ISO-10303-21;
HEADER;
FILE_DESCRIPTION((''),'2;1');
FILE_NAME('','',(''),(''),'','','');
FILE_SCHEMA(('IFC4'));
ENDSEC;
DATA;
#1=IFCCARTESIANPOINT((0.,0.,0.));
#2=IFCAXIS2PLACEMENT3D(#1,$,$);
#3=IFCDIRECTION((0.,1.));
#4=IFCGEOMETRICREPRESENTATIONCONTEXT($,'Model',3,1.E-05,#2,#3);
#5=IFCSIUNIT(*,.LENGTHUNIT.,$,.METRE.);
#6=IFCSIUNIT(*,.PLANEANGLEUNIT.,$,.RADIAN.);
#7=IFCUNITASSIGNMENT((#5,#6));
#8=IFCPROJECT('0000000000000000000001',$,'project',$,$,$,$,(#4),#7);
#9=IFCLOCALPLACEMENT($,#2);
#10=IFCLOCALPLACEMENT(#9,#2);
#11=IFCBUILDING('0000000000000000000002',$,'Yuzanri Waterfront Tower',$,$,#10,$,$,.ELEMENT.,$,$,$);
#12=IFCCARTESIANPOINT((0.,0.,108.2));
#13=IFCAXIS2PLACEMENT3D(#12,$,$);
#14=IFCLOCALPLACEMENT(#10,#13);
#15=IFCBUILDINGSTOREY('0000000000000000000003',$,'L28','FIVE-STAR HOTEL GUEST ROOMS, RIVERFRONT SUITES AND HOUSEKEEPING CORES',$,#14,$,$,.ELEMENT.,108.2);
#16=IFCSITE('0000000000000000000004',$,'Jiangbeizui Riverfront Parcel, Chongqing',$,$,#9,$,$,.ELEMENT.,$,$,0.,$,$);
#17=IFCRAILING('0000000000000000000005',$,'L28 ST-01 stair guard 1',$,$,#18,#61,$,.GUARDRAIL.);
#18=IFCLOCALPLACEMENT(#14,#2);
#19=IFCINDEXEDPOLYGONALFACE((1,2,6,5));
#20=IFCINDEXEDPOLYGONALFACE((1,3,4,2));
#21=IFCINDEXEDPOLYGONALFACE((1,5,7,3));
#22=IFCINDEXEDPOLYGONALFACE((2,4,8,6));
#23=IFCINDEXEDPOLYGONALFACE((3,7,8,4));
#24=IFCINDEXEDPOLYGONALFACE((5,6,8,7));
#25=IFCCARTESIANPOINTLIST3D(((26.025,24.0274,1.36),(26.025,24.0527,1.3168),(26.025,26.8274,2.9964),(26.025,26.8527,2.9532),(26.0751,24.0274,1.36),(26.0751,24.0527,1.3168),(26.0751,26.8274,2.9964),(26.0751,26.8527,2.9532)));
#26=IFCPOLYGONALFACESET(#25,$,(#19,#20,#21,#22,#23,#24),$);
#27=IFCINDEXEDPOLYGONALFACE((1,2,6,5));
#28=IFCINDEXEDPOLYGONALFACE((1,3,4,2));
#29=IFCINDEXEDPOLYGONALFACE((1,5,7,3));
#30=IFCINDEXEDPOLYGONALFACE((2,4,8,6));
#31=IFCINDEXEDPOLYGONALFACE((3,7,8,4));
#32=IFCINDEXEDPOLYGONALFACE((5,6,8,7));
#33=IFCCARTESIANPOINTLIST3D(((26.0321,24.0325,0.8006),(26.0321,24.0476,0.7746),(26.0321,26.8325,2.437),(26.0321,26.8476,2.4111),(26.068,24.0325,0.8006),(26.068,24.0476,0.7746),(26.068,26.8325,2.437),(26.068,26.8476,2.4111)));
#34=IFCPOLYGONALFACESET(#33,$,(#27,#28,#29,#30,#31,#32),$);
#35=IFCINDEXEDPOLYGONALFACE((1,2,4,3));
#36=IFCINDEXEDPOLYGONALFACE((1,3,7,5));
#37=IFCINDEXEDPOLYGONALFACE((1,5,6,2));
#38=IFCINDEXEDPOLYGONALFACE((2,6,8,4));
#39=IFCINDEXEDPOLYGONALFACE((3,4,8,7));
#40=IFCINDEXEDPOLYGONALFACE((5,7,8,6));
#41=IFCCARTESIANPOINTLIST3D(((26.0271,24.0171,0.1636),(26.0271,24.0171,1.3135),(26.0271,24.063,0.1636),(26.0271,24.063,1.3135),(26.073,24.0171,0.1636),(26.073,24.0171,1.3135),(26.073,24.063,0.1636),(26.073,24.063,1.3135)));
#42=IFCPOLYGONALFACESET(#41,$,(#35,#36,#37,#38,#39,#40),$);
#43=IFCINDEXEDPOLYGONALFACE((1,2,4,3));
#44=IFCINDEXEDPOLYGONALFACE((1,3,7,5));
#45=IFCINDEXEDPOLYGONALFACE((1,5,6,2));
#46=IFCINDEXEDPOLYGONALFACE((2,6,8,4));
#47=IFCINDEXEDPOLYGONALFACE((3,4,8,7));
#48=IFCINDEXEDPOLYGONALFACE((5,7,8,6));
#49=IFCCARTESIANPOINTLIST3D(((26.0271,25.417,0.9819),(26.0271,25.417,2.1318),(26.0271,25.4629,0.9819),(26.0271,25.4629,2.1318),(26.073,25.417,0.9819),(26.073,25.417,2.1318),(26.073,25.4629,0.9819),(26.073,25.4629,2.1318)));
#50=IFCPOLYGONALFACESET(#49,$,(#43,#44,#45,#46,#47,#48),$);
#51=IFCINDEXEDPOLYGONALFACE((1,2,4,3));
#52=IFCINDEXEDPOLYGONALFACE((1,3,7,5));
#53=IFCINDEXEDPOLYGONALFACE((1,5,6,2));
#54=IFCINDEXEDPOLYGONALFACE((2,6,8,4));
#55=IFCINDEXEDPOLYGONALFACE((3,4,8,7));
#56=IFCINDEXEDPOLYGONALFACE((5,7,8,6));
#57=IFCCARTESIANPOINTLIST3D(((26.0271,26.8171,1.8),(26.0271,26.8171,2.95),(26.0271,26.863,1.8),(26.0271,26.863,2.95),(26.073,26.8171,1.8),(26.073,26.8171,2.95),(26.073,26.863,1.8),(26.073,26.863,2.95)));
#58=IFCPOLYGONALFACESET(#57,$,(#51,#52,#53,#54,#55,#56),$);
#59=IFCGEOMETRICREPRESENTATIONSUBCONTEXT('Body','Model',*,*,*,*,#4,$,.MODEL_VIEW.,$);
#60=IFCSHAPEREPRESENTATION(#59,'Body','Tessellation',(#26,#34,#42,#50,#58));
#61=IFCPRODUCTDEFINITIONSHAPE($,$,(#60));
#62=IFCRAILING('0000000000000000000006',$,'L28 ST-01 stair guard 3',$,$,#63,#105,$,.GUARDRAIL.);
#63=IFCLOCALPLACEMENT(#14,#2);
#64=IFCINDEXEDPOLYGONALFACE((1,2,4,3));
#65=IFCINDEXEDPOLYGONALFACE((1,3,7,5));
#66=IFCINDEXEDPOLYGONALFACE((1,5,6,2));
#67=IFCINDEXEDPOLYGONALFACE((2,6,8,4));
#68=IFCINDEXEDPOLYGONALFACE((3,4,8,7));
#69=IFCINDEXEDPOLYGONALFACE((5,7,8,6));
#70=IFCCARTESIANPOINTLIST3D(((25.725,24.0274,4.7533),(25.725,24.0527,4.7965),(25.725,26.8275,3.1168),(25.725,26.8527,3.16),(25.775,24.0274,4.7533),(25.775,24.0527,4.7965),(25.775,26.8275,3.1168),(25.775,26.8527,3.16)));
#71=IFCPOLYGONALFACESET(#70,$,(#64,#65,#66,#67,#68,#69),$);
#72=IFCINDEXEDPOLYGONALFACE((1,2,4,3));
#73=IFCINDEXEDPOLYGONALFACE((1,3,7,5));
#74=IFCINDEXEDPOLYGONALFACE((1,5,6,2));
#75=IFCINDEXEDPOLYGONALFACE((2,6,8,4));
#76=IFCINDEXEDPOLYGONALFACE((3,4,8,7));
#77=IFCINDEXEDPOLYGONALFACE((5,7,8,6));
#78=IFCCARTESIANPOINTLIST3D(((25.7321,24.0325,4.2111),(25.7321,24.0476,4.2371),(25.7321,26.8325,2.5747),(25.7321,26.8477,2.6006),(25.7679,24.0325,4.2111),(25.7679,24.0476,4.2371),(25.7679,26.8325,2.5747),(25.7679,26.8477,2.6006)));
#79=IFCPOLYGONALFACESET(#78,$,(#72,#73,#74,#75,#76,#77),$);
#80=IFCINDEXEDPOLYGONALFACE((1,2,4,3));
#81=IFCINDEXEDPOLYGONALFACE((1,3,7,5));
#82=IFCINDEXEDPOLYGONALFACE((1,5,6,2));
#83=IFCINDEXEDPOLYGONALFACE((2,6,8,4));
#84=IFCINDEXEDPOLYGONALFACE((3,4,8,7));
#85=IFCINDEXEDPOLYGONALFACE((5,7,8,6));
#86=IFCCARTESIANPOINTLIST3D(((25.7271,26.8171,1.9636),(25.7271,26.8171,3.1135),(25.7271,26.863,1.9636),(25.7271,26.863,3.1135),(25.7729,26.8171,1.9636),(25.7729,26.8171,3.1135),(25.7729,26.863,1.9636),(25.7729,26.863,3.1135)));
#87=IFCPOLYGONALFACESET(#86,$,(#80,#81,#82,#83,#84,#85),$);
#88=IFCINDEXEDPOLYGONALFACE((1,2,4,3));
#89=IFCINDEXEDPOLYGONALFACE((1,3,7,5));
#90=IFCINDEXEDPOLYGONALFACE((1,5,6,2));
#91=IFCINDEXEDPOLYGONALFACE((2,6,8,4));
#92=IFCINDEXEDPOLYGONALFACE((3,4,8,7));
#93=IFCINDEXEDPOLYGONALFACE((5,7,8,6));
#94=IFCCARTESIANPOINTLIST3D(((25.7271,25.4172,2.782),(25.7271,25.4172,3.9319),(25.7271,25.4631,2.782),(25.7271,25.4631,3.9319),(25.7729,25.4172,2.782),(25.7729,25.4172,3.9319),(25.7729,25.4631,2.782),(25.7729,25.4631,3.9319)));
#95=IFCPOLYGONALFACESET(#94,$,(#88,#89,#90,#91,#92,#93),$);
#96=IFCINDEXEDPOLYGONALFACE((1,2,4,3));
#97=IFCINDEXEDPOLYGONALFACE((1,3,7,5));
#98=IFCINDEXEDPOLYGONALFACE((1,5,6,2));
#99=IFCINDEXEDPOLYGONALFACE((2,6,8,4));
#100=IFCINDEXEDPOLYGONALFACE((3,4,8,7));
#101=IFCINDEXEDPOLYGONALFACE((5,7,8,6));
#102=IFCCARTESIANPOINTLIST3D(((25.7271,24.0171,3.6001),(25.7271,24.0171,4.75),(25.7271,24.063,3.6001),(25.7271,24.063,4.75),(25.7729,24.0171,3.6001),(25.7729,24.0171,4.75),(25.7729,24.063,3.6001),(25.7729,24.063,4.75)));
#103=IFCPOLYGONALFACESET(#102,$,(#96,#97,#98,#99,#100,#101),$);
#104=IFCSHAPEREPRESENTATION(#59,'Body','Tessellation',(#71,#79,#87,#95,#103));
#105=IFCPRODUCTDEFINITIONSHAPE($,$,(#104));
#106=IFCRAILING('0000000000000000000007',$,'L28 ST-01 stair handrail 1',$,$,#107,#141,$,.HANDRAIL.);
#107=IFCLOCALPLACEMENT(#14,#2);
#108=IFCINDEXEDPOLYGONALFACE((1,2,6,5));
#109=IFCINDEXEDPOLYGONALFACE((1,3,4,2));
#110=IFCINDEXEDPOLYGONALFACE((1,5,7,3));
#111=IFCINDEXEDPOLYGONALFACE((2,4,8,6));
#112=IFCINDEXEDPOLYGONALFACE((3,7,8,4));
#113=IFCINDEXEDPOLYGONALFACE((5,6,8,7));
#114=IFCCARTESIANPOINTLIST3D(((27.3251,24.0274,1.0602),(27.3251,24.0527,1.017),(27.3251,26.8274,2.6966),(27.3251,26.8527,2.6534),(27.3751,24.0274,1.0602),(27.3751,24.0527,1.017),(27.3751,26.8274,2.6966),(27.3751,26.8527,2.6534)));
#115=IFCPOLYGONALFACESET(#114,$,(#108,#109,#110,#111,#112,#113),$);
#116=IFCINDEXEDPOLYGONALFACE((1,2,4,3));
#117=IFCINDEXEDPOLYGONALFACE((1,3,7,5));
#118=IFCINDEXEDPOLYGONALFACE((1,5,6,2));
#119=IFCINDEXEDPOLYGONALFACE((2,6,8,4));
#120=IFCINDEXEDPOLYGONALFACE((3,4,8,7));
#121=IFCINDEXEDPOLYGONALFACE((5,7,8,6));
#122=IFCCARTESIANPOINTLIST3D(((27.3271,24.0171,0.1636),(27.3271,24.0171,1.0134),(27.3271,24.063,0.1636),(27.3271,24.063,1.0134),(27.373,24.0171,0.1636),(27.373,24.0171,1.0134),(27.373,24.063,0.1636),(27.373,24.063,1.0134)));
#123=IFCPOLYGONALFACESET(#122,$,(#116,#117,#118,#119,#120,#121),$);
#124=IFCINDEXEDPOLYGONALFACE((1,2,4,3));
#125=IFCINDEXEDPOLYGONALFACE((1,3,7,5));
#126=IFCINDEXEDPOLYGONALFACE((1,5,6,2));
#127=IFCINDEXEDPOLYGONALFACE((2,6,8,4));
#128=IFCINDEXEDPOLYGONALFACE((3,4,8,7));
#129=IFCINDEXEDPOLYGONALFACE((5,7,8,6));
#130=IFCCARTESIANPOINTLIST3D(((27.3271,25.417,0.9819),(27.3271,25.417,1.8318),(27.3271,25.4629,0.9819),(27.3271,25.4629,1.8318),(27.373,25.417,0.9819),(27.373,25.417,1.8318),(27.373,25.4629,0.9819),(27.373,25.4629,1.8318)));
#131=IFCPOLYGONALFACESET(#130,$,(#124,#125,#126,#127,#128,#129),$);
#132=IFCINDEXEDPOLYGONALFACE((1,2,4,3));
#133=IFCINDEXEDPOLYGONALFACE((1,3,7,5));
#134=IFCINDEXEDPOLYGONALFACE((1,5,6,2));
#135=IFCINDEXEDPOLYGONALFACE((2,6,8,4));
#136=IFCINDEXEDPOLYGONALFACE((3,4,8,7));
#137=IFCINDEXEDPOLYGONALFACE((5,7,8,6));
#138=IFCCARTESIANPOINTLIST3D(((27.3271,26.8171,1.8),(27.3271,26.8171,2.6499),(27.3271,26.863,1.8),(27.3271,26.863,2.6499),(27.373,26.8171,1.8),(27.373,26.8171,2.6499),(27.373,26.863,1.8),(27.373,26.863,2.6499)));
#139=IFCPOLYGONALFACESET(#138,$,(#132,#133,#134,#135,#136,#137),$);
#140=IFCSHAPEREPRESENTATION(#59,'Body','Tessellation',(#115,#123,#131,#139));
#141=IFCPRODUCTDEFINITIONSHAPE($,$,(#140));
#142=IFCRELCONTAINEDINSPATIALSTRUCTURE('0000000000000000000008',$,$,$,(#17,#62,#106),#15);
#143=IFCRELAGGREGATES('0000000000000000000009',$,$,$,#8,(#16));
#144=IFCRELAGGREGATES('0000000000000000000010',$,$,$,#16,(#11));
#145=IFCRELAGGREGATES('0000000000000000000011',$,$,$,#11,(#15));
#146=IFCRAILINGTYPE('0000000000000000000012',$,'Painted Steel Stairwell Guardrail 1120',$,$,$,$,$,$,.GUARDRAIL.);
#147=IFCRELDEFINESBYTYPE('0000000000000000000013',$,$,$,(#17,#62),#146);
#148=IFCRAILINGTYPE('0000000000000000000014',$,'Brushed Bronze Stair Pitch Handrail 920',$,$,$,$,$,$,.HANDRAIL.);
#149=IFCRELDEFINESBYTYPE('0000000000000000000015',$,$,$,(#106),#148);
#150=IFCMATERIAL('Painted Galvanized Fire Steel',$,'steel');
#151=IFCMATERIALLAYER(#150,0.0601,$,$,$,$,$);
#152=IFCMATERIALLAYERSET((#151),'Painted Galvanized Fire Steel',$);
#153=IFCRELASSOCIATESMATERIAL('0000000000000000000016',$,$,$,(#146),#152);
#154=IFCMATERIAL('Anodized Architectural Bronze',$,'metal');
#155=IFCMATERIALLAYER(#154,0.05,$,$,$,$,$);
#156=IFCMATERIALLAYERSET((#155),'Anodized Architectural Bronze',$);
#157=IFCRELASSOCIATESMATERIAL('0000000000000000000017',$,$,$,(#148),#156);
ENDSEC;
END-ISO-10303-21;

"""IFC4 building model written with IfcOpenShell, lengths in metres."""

from ifc_helpers import new_model, si_unit, direction, frame, origin, origin_2d, place, context, subcontext, project, spatial, rectangle, extrude, source, transform, mapped, material, layer, layer_set, type_object, element, save


model = new_model("IFC4")

# Units and contexts
model_context = context("Model", 3, precision=1e-05, world=origin(), true_north=direction((0.0, 1.0)))
body_context = subcontext(model_context, "Body", "Model", "MODEL_VIEW")
ifc_project = project(units=[si_unit("LENGTHUNIT", "METRE"), si_unit("PLANEANGLEUNIT", "RADIAN")], contexts=[model_context])

# Site, building, storey
site_placement = place(None, origin())
site = spatial("IfcSite", under=ifc_project, at=site_placement, Name="Jiangbeizui Riverfront Parcel, Chongqing", CompositionType="ELEMENT", RefElevation=0.0)
building_placement = place(site_placement, origin())
building = spatial("IfcBuilding", under=site, at=building_placement, Name="Yuzanri Waterfront Tower", CompositionType="ELEMENT")
storey_placement = place(building_placement, frame((0.0, 0.0, 108.2)))
storey = spatial("IfcBuildingStorey", under=building, at=storey_placement, Name="L28", Description="FIVE-STAR HOTEL GUEST ROOMS, RIVERFRONT SUITES AND HOUSEKEEPING CORES", CompositionType="ELEMENT", Elevation=108.2)

# Railings
ifc_material_1 = material(Name="Painted Galvanized Fire Steel", Category="steel")
ifc_layer_1 = layer(ifc_material_1, 0.0601)
ifc_layer_set_1 = layer_set([ifc_layer_1], Name="Painted Galvanized Fire Steel")
railing_type_1 = type_object("IfcRailingType", Name="Painted Steel Stairwell Guardrail 1120", PredefinedType="GUARDRAIL", material=ifc_layer_set_1)
shared_shape_1 = source(origin(), body_context, "Body", "SweptSolid", [
    extrude(rectangle(XDim=0.05, YDim=0.05, at=origin_2d()), frame((0.0, 0.0, 1.1748), z_axis=(0.0, 0.863361, 0.504587), x_axis=(-1.0, 0.0, 0.0)), (0.0, 0.0, 1.0), 3.2432),
    extrude(rectangle(XDim=0.0359, YDim=0.03, at=origin_2d()), frame((0.0, 0.0, 0.624), z_axis=(0.0, 0.863361, 0.504587), x_axis=(-1.0, 0.0, 0.0)), (0.0, 0.0, 1.0), 3.2432),
    extrude(rectangle(XDim=0.0459, YDim=0.0459, at=origin_2d()), origin(), (0.0, 0.0, 1.0), 1.1499),
    extrude(rectangle(XDim=0.0459, YDim=0.0459, at=origin_2d()), frame((0.0, 1.3999, 0.8184)), (0.0, 0.0, 1.0), 1.1499),
    extrude(rectangle(XDim=0.0459, YDim=0.0459, at=origin_2d()), frame((0.0, 2.8, 1.6365)), (0.0, 0.0, 1.0), 1.1499),
])
railing_1_placement = place(storey_placement, frame((26.05, 24.04, 0.1636)))
element("IfcRailing", 1, at=railing_1_placement, inside=storey, type_object=railing_type_1, Name="L28 ST-01 stair guard 1", PredefinedType="GUARDRAIL", context=body_context, shape_type="MappedRepresentation", body=[
    mapped(shared_shape_1, transform((0.0, 0.0, 0.0), scale=1.0)),
])
shared_shape_2 = source(origin(), body_context, "Body", "SweptSolid", [
    extrude(rectangle(XDim=0.05, YDim=0.05, at=origin_2d()), frame((0.0, 0.0, 1.1748), z_axis=(0.0, -0.863361, 0.504587), x_axis=(1.0, 0.0, 0.0)), (0.0, 0.0, 1.0), 3.2432),
    extrude(rectangle(XDim=0.0359, YDim=0.03, at=origin_2d()), frame((0.0, 0.0, 0.624), z_axis=(0.0, -0.863361, 0.504587), x_axis=(1.0, 0.0, 0.0)), (0.0, 0.0, 1.0), 3.2432),
    extrude(rectangle(XDim=0.0459, YDim=0.0459, at=origin_2d()), origin(), (0.0, 0.0, 1.0), 1.1499),
    extrude(rectangle(XDim=0.0459, YDim=0.0459, at=origin_2d()), frame((0.0, -1.3999, 0.8184)), (0.0, 0.0, 1.0), 1.1499),
    extrude(rectangle(XDim=0.0459, YDim=0.0459, at=origin_2d()), frame((0.0, -2.8, 1.6365)), (0.0, 0.0, 1.0), 1.1499),
])
railing_2_placement = place(storey_placement, frame((25.75, 26.8401, 1.9636)))
element("IfcRailing", 2, at=railing_2_placement, inside=storey, type_object=railing_type_1, Name="L28 ST-01 stair guard 3", PredefinedType="GUARDRAIL", context=body_context, shape_type="MappedRepresentation", body=[
    mapped(shared_shape_2, transform((0.0, 0.0, 0.0), scale=1.0)),
])
ifc_material_2 = material(Name="Anodized Architectural Bronze", Category="metal")
ifc_layer_2 = layer(ifc_material_2, 0.05)
ifc_layer_set_2 = layer_set([ifc_layer_2], Name="Anodized Architectural Bronze")
railing_type_2 = type_object("IfcRailingType", Name="Brushed Bronze Stair Pitch Handrail 920", PredefinedType="HANDRAIL", material=ifc_layer_set_2)
shared_shape_3 = source(origin(), body_context, "Body", "SweptSolid", [
    extrude(rectangle(XDim=0.05, YDim=0.05, at=origin_2d()), frame((0.0, 0.0, 0.875), z_axis=(0.0, 0.863361, 0.504587), x_axis=(-1.0, 0.0, 0.0)), (0.0, 0.0, 1.0), 3.2432),
    extrude(rectangle(XDim=0.0459, YDim=0.0459, at=origin_2d()), origin(), (0.0, 0.0, 1.0), 0.8499),
    extrude(rectangle(XDim=0.0459, YDim=0.0459, at=origin_2d()), frame((0.0, 1.3999, 0.8184)), (0.0, 0.0, 1.0), 0.8499),
    extrude(rectangle(XDim=0.0459, YDim=0.0459, at=origin_2d()), frame((0.0, 2.8, 1.6365)), (0.0, 0.0, 1.0), 0.8499),
])
railing_3_placement = place(storey_placement, frame((27.3501, 24.04, 0.1636)))
element("IfcRailing", 3, at=railing_3_placement, inside=storey, type_object=railing_type_2, Name="L28 ST-01 stair handrail 1", PredefinedType="HANDRAIL", context=body_context, shape_type="MappedRepresentation", body=[
    mapped(shared_shape_3, transform((0.0, 0.0, 0.0), scale=1.0)),
])

save(model, "model.ifc")
